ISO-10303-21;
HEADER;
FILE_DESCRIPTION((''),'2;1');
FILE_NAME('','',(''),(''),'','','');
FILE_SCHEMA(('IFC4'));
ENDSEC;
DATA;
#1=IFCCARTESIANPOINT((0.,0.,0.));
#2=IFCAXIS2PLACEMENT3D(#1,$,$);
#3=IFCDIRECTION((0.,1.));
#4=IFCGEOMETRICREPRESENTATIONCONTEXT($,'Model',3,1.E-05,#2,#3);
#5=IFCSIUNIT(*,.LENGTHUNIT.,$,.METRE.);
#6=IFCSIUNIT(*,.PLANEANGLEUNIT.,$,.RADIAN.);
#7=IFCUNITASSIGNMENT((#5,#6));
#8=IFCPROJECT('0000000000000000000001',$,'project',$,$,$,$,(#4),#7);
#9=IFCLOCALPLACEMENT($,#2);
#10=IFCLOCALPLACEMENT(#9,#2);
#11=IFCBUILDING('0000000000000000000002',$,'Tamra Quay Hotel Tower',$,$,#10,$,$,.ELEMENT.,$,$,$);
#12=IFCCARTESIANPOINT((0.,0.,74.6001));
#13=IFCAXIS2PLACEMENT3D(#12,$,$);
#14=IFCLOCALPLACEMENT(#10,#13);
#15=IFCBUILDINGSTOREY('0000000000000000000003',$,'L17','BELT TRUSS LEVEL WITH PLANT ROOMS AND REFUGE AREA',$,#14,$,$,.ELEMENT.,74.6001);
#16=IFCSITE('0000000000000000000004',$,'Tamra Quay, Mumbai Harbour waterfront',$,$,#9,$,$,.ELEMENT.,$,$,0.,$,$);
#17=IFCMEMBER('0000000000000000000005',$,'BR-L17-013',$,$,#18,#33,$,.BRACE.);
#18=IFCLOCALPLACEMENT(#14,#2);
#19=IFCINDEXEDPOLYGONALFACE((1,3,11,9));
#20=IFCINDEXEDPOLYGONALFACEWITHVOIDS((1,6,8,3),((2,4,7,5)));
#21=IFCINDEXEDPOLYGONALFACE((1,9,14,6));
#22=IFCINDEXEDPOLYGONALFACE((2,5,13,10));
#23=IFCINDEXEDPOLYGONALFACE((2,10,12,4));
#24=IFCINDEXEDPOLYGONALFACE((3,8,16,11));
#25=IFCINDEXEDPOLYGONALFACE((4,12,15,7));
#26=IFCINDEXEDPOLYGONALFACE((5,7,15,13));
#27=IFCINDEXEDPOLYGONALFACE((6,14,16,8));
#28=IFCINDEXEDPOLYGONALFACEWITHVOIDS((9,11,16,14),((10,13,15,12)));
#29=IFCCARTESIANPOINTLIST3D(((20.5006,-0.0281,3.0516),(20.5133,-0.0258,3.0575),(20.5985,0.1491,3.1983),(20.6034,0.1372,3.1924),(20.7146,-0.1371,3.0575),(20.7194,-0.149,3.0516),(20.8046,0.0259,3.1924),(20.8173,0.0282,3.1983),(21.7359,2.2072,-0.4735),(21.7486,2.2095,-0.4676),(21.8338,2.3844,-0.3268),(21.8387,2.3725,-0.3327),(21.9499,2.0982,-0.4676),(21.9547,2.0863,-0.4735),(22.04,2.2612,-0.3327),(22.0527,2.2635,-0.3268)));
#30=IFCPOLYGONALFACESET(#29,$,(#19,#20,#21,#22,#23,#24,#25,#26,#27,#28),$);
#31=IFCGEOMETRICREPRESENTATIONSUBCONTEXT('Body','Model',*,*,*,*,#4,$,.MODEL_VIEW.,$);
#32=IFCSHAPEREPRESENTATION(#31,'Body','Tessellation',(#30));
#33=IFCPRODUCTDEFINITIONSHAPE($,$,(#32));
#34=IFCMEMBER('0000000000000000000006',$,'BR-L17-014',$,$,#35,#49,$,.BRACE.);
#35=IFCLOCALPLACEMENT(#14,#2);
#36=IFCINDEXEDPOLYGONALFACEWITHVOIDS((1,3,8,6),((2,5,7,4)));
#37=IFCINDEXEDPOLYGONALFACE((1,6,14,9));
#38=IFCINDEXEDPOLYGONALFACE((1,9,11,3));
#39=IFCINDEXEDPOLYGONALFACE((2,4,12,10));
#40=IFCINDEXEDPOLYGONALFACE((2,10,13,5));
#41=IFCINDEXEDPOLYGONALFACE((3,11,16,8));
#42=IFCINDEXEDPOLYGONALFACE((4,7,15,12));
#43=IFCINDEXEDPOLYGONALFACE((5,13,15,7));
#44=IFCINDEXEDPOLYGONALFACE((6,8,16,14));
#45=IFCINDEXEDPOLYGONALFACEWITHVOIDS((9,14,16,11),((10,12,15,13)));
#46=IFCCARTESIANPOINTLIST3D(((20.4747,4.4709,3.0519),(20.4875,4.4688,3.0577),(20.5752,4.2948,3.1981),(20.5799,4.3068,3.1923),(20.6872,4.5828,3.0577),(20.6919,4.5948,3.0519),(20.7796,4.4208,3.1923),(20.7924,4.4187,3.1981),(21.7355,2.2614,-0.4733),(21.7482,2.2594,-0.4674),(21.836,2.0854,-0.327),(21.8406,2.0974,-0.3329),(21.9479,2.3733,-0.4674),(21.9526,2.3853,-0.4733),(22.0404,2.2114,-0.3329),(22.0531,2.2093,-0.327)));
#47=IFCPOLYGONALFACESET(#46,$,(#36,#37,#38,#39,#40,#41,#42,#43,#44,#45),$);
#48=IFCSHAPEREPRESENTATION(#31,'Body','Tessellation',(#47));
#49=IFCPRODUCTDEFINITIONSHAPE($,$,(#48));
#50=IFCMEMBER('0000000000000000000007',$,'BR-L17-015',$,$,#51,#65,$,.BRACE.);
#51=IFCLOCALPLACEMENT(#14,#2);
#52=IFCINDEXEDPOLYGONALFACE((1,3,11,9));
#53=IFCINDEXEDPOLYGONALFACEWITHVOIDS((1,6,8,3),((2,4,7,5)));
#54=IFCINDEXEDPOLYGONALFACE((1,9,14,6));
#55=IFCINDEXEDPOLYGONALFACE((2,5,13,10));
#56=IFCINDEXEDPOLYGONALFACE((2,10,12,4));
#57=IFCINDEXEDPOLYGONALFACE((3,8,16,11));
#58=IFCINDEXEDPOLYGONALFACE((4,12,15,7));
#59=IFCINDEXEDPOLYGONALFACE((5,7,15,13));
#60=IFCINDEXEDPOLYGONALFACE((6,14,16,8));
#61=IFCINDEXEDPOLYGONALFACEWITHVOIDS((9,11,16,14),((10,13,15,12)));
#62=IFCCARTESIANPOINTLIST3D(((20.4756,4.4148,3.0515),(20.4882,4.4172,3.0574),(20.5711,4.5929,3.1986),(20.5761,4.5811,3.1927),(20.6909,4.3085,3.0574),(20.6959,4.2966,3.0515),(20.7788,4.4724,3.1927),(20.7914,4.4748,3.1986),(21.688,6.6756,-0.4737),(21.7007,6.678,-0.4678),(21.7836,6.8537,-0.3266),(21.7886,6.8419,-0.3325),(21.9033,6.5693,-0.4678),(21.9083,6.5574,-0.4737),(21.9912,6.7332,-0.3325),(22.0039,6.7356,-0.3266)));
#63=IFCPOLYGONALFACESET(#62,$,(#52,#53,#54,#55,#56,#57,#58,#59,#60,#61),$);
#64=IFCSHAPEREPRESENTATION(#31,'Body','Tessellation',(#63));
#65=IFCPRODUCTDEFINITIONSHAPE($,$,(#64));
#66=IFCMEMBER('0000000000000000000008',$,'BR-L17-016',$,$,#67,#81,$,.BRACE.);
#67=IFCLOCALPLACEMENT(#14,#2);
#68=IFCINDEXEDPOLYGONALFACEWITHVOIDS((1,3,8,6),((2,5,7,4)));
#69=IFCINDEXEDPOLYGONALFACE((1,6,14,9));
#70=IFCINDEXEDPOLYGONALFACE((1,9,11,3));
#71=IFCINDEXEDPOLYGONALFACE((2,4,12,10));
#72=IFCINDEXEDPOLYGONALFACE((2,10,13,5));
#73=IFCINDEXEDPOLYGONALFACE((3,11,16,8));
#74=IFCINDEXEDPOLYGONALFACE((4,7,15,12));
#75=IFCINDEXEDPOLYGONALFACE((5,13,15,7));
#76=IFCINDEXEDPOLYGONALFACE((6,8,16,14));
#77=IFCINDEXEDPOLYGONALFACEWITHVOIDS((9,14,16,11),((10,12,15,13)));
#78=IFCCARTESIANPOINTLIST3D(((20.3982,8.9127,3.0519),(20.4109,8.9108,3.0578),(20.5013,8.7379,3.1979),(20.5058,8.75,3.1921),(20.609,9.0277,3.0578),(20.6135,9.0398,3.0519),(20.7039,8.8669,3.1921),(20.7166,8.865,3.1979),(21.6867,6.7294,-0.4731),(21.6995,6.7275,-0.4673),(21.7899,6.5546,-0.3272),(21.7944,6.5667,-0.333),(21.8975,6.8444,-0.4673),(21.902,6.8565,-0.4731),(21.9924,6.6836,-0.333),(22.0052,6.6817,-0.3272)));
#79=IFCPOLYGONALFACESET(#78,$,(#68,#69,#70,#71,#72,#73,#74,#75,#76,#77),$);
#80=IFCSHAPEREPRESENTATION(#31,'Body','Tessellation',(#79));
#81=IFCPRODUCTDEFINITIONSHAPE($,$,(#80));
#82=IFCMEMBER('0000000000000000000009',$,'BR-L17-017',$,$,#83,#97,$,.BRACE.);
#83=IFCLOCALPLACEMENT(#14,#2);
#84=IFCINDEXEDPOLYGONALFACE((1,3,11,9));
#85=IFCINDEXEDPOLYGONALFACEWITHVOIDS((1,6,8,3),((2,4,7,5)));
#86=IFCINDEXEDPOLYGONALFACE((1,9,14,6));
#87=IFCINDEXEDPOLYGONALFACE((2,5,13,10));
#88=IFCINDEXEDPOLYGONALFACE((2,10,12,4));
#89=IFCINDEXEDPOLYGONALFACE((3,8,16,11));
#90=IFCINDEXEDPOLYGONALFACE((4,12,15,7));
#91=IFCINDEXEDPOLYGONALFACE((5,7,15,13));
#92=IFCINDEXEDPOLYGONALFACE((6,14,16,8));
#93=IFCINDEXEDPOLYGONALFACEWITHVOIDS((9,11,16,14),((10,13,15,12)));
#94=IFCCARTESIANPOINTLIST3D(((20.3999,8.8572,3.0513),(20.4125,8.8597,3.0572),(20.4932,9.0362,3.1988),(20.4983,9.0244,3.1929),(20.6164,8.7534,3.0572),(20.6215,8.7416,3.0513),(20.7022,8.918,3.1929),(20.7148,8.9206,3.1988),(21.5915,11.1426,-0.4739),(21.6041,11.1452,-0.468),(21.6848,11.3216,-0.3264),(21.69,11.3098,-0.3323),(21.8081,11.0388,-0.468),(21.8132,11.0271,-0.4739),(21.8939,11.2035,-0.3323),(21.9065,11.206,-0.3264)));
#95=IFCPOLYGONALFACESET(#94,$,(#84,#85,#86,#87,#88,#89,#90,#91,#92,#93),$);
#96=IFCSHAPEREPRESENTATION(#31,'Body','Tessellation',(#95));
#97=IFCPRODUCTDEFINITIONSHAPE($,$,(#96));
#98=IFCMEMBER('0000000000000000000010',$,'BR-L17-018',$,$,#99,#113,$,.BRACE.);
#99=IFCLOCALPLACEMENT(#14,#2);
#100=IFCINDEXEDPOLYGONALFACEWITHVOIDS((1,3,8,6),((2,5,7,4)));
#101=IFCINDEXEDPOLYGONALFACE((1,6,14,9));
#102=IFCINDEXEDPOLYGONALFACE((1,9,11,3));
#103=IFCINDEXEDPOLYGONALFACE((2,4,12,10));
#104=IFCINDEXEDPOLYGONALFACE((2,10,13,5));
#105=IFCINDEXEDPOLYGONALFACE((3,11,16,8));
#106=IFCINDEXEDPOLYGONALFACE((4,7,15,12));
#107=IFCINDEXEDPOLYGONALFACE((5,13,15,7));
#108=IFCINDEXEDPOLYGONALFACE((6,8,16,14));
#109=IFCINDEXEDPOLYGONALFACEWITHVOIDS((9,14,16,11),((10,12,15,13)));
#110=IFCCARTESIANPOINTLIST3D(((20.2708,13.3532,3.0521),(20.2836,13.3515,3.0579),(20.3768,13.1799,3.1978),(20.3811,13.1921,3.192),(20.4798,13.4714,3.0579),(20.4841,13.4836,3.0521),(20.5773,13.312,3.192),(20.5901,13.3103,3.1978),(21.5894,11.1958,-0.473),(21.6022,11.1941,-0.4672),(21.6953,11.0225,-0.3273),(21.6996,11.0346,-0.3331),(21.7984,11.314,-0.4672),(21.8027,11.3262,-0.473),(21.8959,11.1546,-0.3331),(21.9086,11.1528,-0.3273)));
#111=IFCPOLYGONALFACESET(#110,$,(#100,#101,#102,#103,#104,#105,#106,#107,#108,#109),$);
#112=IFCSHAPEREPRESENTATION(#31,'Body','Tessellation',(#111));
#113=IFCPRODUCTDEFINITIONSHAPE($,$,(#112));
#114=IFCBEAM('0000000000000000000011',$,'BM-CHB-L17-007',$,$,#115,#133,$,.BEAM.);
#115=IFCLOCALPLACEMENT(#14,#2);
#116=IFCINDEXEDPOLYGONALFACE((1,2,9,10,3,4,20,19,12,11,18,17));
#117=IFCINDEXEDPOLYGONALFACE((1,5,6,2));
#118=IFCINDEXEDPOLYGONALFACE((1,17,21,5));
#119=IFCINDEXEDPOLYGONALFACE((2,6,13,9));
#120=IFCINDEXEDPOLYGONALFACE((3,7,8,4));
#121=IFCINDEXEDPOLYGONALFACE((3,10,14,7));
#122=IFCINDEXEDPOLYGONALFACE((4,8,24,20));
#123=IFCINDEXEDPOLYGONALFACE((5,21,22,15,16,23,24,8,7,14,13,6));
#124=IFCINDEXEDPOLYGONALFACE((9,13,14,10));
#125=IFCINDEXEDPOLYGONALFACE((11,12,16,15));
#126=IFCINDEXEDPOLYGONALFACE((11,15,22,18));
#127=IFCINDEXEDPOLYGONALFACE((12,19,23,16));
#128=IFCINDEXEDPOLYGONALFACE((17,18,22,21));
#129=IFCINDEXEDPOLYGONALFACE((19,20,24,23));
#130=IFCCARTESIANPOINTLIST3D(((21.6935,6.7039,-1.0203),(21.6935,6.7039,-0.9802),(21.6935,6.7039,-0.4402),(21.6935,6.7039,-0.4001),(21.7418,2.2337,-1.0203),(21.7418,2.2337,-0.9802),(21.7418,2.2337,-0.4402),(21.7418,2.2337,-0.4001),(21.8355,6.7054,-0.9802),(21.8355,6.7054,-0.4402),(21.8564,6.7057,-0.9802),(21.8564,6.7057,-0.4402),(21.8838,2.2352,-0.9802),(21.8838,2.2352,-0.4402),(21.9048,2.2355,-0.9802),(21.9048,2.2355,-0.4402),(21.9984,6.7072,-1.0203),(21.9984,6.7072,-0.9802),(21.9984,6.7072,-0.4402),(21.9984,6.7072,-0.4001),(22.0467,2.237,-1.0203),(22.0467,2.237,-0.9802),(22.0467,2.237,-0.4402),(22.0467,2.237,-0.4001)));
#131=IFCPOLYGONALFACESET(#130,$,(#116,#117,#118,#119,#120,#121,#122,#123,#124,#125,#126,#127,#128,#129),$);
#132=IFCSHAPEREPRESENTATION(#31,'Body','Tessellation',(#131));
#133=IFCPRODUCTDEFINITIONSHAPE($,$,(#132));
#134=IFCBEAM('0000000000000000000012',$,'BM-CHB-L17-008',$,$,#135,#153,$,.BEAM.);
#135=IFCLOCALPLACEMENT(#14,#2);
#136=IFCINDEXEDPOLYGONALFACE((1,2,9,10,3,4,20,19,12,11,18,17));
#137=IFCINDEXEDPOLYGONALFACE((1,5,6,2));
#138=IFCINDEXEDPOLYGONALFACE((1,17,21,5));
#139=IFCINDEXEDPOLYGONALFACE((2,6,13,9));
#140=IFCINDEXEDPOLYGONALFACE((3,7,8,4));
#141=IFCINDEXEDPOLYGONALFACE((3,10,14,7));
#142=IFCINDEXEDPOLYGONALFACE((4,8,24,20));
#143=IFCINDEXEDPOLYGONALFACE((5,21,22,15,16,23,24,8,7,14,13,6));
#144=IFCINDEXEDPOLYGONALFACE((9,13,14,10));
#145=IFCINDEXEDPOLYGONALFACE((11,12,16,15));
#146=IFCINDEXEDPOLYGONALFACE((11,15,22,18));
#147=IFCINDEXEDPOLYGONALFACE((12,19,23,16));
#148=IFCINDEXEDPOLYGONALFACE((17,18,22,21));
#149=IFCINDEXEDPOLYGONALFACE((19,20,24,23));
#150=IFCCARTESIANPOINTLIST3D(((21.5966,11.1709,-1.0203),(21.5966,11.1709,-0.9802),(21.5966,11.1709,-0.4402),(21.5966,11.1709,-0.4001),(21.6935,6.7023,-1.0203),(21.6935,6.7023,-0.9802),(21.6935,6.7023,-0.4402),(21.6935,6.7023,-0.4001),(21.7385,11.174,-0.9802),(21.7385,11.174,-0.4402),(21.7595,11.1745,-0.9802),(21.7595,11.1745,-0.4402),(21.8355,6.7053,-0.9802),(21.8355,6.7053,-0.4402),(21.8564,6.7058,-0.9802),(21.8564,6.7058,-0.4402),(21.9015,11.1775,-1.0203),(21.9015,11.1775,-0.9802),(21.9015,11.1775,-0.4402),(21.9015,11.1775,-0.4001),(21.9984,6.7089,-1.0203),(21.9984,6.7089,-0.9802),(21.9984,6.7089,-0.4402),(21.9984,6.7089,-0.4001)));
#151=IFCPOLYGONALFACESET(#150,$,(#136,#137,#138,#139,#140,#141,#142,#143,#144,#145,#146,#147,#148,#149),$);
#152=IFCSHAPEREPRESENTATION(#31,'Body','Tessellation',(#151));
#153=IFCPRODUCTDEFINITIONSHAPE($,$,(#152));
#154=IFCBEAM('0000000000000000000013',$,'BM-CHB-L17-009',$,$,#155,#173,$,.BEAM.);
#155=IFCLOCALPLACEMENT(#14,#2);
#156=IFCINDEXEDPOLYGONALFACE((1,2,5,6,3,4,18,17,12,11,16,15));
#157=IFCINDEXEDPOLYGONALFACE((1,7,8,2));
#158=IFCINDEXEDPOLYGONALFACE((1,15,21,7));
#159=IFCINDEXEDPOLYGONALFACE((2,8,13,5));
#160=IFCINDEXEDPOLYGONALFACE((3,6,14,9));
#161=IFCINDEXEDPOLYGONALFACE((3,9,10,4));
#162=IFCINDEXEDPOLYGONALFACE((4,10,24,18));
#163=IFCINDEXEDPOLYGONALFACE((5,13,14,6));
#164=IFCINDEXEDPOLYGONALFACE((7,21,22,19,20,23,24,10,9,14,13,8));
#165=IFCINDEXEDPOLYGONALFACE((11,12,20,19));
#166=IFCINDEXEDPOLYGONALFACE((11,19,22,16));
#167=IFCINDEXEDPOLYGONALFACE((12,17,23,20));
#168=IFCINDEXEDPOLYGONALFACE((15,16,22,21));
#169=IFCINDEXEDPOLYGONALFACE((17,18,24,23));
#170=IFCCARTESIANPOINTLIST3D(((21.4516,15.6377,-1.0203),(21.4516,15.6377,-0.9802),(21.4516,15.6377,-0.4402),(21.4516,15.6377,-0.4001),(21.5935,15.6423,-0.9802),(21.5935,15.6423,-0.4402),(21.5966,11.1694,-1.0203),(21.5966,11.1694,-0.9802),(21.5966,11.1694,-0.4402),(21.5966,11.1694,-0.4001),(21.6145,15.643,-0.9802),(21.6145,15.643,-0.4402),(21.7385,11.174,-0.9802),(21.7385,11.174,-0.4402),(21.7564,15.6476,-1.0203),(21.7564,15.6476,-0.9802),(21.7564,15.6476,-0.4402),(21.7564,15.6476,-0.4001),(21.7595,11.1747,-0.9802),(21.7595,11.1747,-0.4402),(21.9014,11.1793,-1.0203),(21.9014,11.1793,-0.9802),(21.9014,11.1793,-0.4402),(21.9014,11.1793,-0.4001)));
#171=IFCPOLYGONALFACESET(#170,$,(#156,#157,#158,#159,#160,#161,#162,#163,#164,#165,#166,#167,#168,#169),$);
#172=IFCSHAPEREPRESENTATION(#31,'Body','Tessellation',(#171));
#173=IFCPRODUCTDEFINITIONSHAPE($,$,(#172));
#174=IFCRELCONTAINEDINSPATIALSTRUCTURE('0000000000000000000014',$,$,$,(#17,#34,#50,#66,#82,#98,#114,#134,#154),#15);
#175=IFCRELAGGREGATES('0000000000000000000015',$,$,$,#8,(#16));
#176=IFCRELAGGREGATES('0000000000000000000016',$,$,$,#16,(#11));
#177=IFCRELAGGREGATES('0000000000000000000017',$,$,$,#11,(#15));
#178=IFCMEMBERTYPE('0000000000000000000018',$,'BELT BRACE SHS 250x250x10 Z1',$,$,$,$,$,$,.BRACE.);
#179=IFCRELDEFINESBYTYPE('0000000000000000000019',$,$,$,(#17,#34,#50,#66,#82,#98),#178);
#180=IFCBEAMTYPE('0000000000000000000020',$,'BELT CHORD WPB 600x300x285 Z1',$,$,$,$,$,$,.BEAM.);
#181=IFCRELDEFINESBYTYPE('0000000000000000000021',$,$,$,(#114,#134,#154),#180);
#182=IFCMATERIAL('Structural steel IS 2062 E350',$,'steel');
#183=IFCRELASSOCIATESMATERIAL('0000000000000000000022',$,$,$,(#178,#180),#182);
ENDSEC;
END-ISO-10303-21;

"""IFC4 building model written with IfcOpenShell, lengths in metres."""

from ifc_helpers import new_model, si_unit, direction, frame, origin, origin_2d, place, context, subcontext, project, spatial, hollow_rectangle, i_section, extrude, material, material_profile, profile_set, type_object, element, save


model = new_model("IFC4")

# Units and contexts
model_context = context("Model", 3, precision=1e-05, world=origin(), true_north=direction((0.0, 1.0)))
body_context = subcontext(model_context, "Body", "Model", "MODEL_VIEW")
ifc_project = project(units=[si_unit("LENGTHUNIT", "METRE"), si_unit("PLANEANGLEUNIT", "RADIAN")], contexts=[model_context])

# Site, building, storey
site_placement = place(None, origin())
site = spatial("IfcSite", under=ifc_project, at=site_placement, Name="Tamra Quay, Mumbai Harbour waterfront", CompositionType="ELEMENT", RefElevation=0.0)
building_placement = place(site_placement, origin())
building = spatial("IfcBuilding", under=site, at=building_placement, Name="Tamra Quay Hotel Tower", CompositionType="ELEMENT")
storey_placement = place(building_placement, frame((0.0, 0.0, 74.6001)))
storey = spatial("IfcBuildingStorey", under=building, at=storey_placement, Name="L17", Description="BELT TRUSS LEVEL WITH PLANT ROOMS AND REFUGE AREA", CompositionType="ELEMENT", Elevation=74.6001)

# Members
ifc_material_1 = material(Name="Structural steel IS 2062 E350", Category="steel")
ifc_material_profile_1 = material_profile(ifc_material_1, hollow_rectangle(XDim=0.25, YDim=0.25, WallThickness=0.01, at=origin_2d()), Name="SHS 250x250x10")
ifc_profile_set_1 = profile_set([ifc_material_profile_1], Name="Structural steel IS 2062 E350")
member_type_1 = type_object("IfcMemberType", Name="BELT BRACE SHS 250x250x10 Z1", PredefinedType="BRACE", material=ifc_profile_set_1)
member_1_placement = place(storey_placement, frame((21.8943, 2.2354, -0.4001), z_axis=(-0.283786, -0.513507, 0.8098), x_axis=(0.875237, -0.483694, 0.0)))
element("IfcMember", 1, at=member_1_placement, inside=storey, type_object=member_type_1, Name="BR-L17-013", PredefinedType="BRACE", context=body_context, shape_type="SweptSolid", body=[
    extrude(hollow_rectangle(XDim=0.25, YDim=0.25, WallThickness=0.01, at=origin_2d()), origin(), (0.0, 0.0, 1.0), 4.353),
])
member_2_placement = place(storey_placement, frame((21.8943, 2.2354, -0.4001), z_axis=(-0.290014, 0.508255, 0.810906), x_axis=(-0.86855, -0.495601, 0.0)))
element("IfcMember", 2, at=member_2_placement, inside=storey, type_object=member_type_1, Name="BR-L17-014", PredefinedType="BRACE", context=body_context, shape_type="SweptSolid", body=[
    extrude(hollow_rectangle(XDim=0.25, YDim=0.25, WallThickness=0.01, at=origin_2d()), origin(), (0.0, 0.0, 1.0), 4.3472),
])
member_3_placement = place(storey_placement, frame((21.8459, 6.7056, -0.4001), z_axis=(-0.278089, -0.518547, 0.808564), x_axis=(0.88127, -0.472612, 0.0)))
element("IfcMember", 3, at=member_3_placement, inside=storey, type_object=member_type_1, Name="BR-L17-015", PredefinedType="BRACE", context=body_context, shape_type="SweptSolid", body=[
    extrude(hollow_rectangle(XDim=0.25, YDim=0.25, WallThickness=0.01, at=origin_2d()), origin(), (0.0, 0.0, 1.0), 4.3599),
])
member_4_placement = place(storey_placement, frame((21.8459, 6.7056, -0.4001), z_axis=(-0.296761, 0.502829, 0.811847), x_axis=(-0.861201, -0.508265, 0.0)))
element("IfcMember", 4, at=member_4_placement, inside=storey, type_object=member_type_1, Name="BR-L17-016", PredefinedType="BRACE", context=body_context, shape_type="SweptSolid", body=[
    extrude(hollow_rectangle(XDim=0.25, YDim=0.25, WallThickness=0.01, at=origin_2d()), origin(), (0.0, 0.0, 1.0), 4.342),
])
member_5_placement = place(storey_placement, frame((21.749, 11.1743, -0.4001), z_axis=(-0.272883, -0.523347, 0.807244), x_axis=(0.886701, -0.462343, 0.0)))
element("IfcMember", 5, at=member_5_placement, inside=storey, type_object=member_type_1, Name="BR-L17-017", PredefinedType="BRACE", context=body_context, shape_type="SweptSolid", body=[
    extrude(hollow_rectangle(XDim=0.25, YDim=0.25, WallThickness=0.01, at=origin_2d()), origin(), (0.0, 0.0, 1.0), 4.3669),
])
member_6_placement = place(storey_placement, frame((21.749, 11.1743, -0.4001), z_axis=(-0.303951, 0.497318, 0.812581), x_axis=(-0.853256, -0.521493, 0.0)))
element("IfcMember", 6, at=member_6_placement, inside=storey, type_object=member_type_1, Name="BR-L17-018", PredefinedType="BRACE", context=body_context, shape_type="SweptSolid", body=[
    extrude(hollow_rectangle(XDim=0.25, YDim=0.25, WallThickness=0.01, at=origin_2d()), origin(), (0.0, 0.0, 1.0), 4.3381),
])

# Beams
ifc_material_profile_2 = material_profile(ifc_material_1, i_section(OverallWidth=0.3049, OverallDepth=0.6201, WebThickness=0.021, FlangeThickness=0.04, at=origin_2d()), Name="WPB 600x300x285")
ifc_profile_set_2 = profile_set([ifc_material_profile_2], Name="Structural steel IS 2062 E350")
beam_type_1 = type_object("IfcBeamType", Name="BELT CHORD WPB 600x300x285 Z1", PredefinedType="BEAM", material=ifc_profile_set_2)
beam_1_placement = place(storey_placement, frame((21.8943, 2.2354, -0.7102), z_axis=(-0.010813, 0.999942, 0.0), x_axis=(-0.999942, -0.010813, 0.0)))
element("IfcBeam", 7, at=beam_1_placement, inside=storey, type_object=beam_type_1, Name="BM-CHB-L17-007", PredefinedType="BEAM", context=body_context, shape_type="SweptSolid", body=[
    extrude(i_section(OverallWidth=0.3049, OverallDepth=0.6201, WebThickness=0.021, FlangeThickness=0.04, at=origin_2d()), origin(), (0.0, 0.0, 1.0), 4.4705),
])
beam_2_placement = place(storey_placement, frame((21.8459, 6.7056, -0.7102), z_axis=(-0.021684, 0.999765, 0.0), x_axis=(-0.999765, -0.021684, 0.0)))
element("IfcBeam", 8, at=beam_2_placement, inside=storey, type_object=beam_type_1, Name="BM-CHB-L17-008", PredefinedType="BEAM", context=body_context, shape_type="SweptSolid", body=[
    extrude(i_section(OverallWidth=0.3049, OverallDepth=0.6201, WebThickness=0.021, FlangeThickness=0.04, at=origin_2d()), origin(), (0.0, 0.0, 1.0), 4.4697),
])
beam_3_placement = place(storey_placement, frame((21.749, 11.1743, -0.7102), z_axis=(-0.032438, 0.999474, 0.0), x_axis=(-0.999474, -0.032438, 0.0)))
element("IfcBeam", 9, at=beam_3_placement, inside=storey, type_object=beam_type_1, Name="BM-CHB-L17-009", PredefinedType="BEAM", context=body_context, shape_type="SweptSolid", body=[
    extrude(i_section(OverallWidth=0.3049, OverallDepth=0.6201, WebThickness=0.021, FlangeThickness=0.04, at=origin_2d()), origin(), (0.0, 0.0, 1.0), 4.4707),
])

save(model, "model.ifc")
